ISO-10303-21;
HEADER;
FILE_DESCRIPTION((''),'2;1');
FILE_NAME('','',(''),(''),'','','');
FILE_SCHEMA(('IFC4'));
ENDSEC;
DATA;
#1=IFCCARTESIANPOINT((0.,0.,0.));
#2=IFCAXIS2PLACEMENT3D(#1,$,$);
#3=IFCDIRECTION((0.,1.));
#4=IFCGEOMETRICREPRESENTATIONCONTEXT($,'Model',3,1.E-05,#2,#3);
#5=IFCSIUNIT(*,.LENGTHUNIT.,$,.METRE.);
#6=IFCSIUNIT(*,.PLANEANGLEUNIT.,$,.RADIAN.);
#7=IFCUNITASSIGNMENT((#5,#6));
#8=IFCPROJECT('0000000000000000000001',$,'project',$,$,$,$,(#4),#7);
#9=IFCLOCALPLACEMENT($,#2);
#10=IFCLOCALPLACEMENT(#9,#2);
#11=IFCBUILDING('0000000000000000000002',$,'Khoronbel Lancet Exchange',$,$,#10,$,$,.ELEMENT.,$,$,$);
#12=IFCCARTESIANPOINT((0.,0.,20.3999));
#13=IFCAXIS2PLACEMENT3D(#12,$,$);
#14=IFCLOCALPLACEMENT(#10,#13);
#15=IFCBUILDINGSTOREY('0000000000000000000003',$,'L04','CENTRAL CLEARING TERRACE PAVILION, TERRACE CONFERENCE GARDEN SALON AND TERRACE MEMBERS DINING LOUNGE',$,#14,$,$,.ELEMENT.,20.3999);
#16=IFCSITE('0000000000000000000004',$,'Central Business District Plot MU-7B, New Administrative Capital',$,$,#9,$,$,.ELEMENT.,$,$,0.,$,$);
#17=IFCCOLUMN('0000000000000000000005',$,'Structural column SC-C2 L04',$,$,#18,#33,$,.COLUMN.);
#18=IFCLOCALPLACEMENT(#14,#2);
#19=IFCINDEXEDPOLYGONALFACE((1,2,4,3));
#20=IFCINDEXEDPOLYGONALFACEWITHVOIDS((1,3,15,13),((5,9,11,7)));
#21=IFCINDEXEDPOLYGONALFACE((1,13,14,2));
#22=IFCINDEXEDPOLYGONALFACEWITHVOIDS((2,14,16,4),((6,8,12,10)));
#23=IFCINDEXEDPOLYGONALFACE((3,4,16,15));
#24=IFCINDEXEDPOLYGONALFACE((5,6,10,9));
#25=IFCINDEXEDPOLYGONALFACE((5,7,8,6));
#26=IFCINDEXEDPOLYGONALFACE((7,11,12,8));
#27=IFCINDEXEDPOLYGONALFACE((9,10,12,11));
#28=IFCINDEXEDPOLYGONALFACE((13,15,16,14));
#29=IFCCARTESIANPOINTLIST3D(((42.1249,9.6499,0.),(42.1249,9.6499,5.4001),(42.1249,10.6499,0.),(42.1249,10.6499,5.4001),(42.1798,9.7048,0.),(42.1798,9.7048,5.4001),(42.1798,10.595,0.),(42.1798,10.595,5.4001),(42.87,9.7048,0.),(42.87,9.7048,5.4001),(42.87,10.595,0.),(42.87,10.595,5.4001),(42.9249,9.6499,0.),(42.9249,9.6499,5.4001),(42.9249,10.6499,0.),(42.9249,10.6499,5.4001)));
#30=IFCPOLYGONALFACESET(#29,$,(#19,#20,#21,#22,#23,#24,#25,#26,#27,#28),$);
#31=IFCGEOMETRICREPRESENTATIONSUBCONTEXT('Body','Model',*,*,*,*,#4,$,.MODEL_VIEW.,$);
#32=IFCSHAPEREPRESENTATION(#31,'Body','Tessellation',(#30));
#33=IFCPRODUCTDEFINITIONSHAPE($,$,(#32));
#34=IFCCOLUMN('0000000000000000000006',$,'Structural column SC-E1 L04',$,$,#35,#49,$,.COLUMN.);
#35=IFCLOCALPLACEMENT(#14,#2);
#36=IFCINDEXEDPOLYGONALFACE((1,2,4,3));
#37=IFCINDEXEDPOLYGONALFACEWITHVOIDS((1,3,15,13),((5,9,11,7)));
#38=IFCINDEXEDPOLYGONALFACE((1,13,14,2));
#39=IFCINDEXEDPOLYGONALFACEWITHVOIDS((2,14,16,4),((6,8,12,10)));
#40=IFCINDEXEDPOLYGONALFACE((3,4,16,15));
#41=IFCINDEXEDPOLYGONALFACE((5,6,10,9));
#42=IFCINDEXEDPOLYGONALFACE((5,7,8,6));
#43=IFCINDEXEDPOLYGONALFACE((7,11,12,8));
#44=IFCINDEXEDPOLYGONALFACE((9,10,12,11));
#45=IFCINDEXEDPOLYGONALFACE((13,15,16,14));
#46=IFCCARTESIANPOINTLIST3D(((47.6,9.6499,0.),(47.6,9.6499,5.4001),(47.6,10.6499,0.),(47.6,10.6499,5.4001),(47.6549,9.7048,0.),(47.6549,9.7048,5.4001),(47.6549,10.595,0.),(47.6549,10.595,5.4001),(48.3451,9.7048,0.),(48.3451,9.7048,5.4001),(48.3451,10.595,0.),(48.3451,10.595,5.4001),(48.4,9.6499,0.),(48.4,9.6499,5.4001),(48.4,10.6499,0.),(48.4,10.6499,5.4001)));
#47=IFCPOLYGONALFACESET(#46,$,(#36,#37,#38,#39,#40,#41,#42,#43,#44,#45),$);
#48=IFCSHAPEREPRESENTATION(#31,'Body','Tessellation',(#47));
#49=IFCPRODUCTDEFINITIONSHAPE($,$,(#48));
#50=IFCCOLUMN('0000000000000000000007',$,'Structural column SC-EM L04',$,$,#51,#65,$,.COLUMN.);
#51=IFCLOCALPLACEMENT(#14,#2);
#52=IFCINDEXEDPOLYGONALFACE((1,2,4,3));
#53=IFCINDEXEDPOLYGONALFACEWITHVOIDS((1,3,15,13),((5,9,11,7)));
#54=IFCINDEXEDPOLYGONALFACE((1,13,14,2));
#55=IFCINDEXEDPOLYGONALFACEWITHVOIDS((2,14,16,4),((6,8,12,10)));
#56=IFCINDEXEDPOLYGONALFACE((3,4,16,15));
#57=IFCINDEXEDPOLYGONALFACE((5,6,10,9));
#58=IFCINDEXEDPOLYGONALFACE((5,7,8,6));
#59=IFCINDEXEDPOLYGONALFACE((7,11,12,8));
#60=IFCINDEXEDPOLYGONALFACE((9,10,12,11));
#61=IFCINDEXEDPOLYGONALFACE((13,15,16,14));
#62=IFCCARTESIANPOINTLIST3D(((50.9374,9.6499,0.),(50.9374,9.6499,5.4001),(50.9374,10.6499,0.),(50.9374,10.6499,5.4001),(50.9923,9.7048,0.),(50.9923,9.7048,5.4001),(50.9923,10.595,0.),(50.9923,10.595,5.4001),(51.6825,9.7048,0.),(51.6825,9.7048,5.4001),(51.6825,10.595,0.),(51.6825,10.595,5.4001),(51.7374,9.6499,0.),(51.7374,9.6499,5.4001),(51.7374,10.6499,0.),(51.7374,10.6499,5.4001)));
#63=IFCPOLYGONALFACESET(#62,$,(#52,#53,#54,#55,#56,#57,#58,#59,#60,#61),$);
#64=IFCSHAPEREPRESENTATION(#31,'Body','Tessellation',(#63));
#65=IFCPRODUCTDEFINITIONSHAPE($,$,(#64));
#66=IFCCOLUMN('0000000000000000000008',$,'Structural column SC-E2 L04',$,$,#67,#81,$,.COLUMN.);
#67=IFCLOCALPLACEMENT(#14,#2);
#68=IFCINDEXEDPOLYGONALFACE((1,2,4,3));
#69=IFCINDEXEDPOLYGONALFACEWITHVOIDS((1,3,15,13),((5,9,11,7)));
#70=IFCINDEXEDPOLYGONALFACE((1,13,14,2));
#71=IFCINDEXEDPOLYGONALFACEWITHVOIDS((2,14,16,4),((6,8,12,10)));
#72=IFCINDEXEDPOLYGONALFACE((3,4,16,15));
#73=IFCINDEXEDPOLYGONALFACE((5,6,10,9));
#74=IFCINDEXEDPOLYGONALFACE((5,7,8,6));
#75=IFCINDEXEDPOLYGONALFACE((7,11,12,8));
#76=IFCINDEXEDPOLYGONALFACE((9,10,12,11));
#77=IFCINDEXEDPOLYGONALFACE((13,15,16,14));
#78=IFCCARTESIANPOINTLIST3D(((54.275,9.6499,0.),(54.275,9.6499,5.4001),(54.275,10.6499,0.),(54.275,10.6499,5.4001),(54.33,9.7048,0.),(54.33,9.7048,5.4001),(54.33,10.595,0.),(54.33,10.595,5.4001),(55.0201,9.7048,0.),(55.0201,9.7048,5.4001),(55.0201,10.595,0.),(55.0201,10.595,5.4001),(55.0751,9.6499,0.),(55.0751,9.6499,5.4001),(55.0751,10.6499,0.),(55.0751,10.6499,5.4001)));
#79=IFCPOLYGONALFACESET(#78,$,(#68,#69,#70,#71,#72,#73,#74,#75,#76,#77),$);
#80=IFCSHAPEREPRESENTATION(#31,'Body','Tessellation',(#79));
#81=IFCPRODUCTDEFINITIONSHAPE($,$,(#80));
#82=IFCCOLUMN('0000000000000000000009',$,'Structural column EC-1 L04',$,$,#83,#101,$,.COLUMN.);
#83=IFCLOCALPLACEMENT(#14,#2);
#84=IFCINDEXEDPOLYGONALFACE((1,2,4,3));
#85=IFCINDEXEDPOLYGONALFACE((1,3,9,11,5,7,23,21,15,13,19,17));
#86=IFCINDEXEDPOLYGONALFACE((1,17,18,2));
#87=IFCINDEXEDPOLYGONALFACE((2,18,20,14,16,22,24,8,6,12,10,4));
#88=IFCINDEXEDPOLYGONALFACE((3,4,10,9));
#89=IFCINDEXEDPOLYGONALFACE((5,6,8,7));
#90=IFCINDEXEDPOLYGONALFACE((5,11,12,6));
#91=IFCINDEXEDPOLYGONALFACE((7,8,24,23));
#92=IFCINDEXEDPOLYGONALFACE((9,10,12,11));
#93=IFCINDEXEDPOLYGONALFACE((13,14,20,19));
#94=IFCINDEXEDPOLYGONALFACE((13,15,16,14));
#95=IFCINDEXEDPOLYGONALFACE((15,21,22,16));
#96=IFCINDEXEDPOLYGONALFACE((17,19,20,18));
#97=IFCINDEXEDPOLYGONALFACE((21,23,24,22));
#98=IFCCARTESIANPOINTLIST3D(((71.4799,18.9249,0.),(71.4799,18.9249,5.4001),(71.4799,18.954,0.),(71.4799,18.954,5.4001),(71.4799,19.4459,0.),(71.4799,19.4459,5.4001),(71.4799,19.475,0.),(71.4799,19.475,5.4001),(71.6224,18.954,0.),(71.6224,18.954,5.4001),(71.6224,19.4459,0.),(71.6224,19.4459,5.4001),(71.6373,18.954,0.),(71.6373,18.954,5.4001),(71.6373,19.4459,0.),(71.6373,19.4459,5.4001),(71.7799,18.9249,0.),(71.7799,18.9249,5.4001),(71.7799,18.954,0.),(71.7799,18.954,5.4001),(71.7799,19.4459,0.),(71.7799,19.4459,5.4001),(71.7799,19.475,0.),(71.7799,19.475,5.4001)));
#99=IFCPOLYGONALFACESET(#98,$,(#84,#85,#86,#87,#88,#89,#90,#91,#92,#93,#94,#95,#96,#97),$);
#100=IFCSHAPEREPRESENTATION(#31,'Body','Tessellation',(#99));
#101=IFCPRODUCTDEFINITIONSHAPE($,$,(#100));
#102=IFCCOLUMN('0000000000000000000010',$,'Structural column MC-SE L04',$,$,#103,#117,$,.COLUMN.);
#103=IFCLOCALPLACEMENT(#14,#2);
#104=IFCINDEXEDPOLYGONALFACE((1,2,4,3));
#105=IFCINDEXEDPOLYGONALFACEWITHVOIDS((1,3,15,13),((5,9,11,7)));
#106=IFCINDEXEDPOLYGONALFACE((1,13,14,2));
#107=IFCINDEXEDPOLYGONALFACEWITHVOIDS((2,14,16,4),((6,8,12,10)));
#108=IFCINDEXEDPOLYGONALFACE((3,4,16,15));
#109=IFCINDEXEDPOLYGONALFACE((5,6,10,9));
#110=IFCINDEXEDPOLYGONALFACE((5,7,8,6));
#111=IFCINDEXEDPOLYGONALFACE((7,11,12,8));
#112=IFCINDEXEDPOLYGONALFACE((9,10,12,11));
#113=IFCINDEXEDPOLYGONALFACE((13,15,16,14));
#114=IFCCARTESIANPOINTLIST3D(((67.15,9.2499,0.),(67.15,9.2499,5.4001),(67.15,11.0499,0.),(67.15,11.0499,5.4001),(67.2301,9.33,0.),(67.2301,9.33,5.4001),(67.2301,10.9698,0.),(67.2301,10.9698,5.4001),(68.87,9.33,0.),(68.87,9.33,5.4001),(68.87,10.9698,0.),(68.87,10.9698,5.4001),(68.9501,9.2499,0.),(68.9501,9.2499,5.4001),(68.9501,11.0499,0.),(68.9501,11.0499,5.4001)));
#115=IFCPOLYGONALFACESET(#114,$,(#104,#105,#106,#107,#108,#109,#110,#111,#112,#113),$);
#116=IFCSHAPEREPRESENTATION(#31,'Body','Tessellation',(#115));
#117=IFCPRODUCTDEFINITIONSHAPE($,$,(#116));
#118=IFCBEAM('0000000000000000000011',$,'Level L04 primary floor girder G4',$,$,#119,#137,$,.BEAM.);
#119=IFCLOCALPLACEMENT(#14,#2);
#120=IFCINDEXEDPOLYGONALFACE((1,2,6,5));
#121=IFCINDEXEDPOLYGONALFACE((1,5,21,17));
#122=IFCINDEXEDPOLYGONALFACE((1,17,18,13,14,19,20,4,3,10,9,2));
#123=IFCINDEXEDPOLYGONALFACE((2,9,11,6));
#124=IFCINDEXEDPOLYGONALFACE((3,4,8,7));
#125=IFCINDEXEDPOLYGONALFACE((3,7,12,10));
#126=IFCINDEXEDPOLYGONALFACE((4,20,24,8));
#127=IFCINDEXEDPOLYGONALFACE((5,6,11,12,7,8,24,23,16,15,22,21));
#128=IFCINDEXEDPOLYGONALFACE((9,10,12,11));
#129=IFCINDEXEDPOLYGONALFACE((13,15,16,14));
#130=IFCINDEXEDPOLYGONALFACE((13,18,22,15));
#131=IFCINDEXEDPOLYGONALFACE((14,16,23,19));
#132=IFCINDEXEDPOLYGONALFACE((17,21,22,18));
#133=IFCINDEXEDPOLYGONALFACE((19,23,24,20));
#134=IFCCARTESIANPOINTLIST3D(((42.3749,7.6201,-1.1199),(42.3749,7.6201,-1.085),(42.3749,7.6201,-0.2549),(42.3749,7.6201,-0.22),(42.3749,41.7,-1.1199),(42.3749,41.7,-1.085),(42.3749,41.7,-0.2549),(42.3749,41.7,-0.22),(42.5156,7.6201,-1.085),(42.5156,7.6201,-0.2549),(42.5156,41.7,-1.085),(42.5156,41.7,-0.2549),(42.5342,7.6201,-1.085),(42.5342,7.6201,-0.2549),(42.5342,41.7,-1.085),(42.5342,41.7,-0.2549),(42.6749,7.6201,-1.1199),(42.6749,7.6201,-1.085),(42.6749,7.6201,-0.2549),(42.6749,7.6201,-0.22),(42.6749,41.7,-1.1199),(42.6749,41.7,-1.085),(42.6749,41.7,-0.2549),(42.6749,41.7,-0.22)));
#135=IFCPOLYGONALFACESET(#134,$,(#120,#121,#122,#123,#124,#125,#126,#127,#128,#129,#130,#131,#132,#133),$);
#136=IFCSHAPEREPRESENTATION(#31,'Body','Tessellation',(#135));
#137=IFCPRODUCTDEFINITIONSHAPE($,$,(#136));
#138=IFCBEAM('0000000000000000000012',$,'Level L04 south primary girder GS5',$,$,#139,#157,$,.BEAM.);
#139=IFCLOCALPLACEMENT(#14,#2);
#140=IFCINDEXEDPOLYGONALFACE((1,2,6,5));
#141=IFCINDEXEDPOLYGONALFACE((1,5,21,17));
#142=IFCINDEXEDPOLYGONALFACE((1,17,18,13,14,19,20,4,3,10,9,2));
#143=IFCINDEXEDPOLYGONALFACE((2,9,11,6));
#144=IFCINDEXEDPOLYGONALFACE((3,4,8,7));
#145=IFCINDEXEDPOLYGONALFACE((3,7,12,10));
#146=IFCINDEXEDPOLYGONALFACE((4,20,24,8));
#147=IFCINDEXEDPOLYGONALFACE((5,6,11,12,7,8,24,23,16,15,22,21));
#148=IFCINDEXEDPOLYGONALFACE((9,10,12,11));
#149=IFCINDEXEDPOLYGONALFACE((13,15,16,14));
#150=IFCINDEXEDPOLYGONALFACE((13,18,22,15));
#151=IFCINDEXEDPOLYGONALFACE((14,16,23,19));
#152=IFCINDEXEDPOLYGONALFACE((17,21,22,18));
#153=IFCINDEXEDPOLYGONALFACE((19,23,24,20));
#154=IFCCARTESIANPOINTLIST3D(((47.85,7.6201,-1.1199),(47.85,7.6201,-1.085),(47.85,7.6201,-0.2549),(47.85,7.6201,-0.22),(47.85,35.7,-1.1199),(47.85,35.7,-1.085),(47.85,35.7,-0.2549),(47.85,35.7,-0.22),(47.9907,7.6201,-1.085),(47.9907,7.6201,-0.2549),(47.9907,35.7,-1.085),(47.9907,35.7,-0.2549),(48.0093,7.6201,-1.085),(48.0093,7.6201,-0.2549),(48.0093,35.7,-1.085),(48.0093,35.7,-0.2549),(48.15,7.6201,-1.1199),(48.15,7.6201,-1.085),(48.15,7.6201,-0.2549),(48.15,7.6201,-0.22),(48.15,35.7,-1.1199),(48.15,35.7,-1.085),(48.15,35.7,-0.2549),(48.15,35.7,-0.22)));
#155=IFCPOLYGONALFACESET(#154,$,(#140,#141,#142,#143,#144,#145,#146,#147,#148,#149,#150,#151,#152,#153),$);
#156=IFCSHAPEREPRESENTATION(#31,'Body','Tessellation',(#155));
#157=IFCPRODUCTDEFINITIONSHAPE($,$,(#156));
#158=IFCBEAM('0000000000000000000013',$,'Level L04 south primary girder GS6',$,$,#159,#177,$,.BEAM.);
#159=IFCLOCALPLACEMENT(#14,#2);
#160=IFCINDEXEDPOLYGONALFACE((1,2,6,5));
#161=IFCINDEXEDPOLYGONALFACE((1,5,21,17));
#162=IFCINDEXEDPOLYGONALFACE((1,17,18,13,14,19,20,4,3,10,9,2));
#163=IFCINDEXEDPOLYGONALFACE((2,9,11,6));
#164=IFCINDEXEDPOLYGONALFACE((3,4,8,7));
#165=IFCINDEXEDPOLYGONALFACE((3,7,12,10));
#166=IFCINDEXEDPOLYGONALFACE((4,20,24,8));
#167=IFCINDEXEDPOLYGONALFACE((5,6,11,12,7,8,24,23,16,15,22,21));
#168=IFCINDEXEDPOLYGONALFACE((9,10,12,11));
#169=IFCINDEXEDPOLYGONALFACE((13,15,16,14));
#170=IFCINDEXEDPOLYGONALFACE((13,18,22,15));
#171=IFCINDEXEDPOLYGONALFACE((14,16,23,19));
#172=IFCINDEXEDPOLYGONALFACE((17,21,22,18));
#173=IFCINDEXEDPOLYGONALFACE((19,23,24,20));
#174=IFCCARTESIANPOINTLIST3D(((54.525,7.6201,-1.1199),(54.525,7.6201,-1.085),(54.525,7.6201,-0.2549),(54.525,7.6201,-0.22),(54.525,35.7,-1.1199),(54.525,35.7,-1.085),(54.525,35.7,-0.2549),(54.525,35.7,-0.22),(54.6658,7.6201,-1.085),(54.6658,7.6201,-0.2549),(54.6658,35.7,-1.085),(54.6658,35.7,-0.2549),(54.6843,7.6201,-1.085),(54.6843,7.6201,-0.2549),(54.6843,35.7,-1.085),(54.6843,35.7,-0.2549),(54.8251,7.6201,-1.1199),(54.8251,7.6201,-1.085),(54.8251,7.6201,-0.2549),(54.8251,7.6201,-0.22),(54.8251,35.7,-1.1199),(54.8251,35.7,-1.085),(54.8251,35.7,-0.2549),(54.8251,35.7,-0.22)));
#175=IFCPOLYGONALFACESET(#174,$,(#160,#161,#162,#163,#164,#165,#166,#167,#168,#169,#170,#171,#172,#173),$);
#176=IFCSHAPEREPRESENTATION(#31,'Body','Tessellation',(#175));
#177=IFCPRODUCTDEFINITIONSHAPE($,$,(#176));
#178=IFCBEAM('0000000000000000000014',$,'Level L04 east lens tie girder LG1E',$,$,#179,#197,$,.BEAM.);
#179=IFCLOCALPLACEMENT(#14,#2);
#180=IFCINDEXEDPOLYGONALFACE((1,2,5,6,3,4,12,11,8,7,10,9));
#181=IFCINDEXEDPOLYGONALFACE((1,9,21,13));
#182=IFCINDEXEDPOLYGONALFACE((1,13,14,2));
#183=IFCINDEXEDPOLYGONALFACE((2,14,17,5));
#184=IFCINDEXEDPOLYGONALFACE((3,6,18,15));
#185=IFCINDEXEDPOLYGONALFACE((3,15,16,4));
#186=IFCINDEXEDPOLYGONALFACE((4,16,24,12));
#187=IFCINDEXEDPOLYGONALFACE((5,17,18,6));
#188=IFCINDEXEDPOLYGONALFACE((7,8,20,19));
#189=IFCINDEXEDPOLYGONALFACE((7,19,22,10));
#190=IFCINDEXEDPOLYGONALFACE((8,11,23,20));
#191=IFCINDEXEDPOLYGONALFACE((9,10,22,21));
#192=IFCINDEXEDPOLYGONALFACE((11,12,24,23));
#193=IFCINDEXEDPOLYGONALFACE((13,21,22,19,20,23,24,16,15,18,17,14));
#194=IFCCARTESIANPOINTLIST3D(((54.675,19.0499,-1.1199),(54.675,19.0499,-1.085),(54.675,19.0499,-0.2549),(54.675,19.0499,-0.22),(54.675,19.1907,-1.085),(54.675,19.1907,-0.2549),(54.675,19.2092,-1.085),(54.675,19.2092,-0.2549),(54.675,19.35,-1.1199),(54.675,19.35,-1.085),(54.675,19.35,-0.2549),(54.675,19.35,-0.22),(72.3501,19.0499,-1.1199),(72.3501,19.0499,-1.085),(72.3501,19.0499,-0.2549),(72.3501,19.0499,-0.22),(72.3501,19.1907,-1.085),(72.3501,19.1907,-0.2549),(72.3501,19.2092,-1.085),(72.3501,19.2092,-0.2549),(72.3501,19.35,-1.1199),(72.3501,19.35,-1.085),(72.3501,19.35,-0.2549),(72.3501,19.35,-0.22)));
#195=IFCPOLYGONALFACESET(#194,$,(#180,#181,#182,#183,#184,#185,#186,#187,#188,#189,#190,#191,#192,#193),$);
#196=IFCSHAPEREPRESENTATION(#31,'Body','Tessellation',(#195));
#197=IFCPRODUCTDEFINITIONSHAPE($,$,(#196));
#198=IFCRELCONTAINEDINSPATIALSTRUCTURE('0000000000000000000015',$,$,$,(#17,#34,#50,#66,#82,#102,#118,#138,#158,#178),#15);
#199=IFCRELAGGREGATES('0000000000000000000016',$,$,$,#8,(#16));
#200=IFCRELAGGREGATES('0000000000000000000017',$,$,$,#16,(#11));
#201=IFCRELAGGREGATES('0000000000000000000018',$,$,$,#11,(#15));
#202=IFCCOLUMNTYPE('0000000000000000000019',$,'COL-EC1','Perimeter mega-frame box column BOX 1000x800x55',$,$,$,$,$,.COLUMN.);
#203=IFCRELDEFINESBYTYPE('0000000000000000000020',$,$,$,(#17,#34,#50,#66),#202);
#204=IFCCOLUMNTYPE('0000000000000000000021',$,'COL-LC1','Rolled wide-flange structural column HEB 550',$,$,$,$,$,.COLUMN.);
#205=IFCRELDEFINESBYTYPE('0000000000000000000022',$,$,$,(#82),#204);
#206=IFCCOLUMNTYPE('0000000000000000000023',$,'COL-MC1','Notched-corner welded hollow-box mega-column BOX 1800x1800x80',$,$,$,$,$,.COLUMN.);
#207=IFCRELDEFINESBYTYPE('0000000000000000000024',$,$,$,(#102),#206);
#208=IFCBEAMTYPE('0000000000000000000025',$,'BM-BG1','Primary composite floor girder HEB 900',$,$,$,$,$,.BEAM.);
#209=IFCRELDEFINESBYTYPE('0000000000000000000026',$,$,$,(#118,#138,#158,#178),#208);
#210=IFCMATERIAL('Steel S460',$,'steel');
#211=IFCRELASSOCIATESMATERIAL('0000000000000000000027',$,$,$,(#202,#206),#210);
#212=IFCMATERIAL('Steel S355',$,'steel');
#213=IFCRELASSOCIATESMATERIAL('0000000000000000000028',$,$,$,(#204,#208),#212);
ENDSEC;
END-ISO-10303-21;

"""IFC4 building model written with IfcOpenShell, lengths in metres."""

from ifc_helpers import new_model, si_unit, direction, frame, origin, origin_2d, place, context, subcontext, project, spatial, hollow_rectangle, i_section, extrude, material, material_profile, profile_set, type_object, element, save


model = new_model("IFC4")

# Units and contexts
model_context = context("Model", 3, precision=1e-05, world=origin(), true_north=direction((0.0, 1.0)))
body_context = subcontext(model_context, "Body", "Model", "MODEL_VIEW")
ifc_project = project(units=[si_unit("LENGTHUNIT", "METRE"), si_unit("PLANEANGLEUNIT", "RADIAN")], contexts=[model_context])

# Site, building, storey
site_placement = place(None, origin())
site = spatial("IfcSite", under=ifc_project, at=site_placement, Name="Central Business District Plot MU-7B, New Administrative Capital", CompositionType="ELEMENT", RefElevation=0.0)
building_placement = place(site_placement, origin())
building = spatial("IfcBuilding", under=site, at=building_placement, Name="Khoronbel Lancet Exchange", CompositionType="ELEMENT")
storey_placement = place(building_placement, frame((0.0, 0.0, 20.3999)))
storey = spatial("IfcBuildingStorey", under=building, at=storey_placement, Name="L04", Description="CENTRAL CLEARING TERRACE PAVILION, TERRACE CONFERENCE GARDEN SALON AND TERRACE MEMBERS DINING LOUNGE", CompositionType="ELEMENT", Elevation=20.3999)

# Columns
ifc_material_1 = material(Name="Steel S460", Category="steel")
ifc_material_profile_1 = material_profile(ifc_material_1, hollow_rectangle(XDim=0.8, YDim=1.0, WallThickness=0.0549, at=origin_2d()), Name="BOX 1000x800x55")
ifc_profile_set_1 = profile_set([ifc_material_profile_1], Name="Steel S460")
column_type_1 = type_object("IfcColumnType", Name="COL-EC1", Description="Perimeter mega-frame box column BOX 1000x800x55", PredefinedType="COLUMN", material=ifc_profile_set_1)
for number, where, z_axis, x_axis, name in (
    (1, (42.5249, 10.1499, 0.0), (0.0, 0.0, 1.0), (1.0, 0.0, 0.0), "Structural column SC-C2 L04"),
    (2, (48.0, 10.1499, 0.0), (0.0, 0.0, 1.0), (1.0, 0.0, 0.0), "Structural column SC-E1 L04"),
    (3, (51.3374, 10.1499, 0.0), (0.0, 0.0, 1.0), (1.0, 0.0, 0.0), "Structural column SC-EM L04"),
    (4, (54.675, 10.1499, 0.0), (0.0, 0.0, 1.0), (1.0, 0.0, 0.0), "Structural column SC-E2 L04"),
):
    element("IfcColumn", number, at=place(storey_placement, frame(where, z_axis=z_axis, x_axis=x_axis)), inside=storey, type_object=column_type_1, Name=name, PredefinedType="COLUMN", context=body_context, shape_type="SweptSolid", body=[
        extrude(hollow_rectangle(XDim=0.8, YDim=1.0, WallThickness=0.0549, at=origin_2d()), origin(), (0.0, 0.0, 1.0), 5.4001),
    ])
ifc_material_2 = material(Name="Steel S355", Category="steel")
ifc_material_profile_2 = material_profile(ifc_material_2, i_section(OverallWidth=0.3, OverallDepth=0.55, WebThickness=0.0149, FlangeThickness=0.0291, at=origin_2d()), Name="HEB 550")
ifc_profile_set_2 = profile_set([ifc_material_profile_2], Name="Steel S355")
column_type_2 = type_object("IfcColumnType", Name="COL-LC1", Description="Rolled wide-flange structural column HEB 550", PredefinedType="COLUMN", material=ifc_profile_set_2)
column_1_placement = place(storey_placement, frame((71.6299, 19.2, 0.0), z_axis=(0.0, 0.0, 1.0), x_axis=(1.0, 0.0, 0.0)))
element("IfcColumn", 5, at=column_1_placement, inside=storey, type_object=column_type_2, Name="Structural column EC-1 L04", PredefinedType="COLUMN", context=body_context, shape_type="SweptSolid", body=[
    extrude(i_section(OverallWidth=0.3, OverallDepth=0.55, WebThickness=0.0149, FlangeThickness=0.0291, at=origin_2d()), origin(), (0.0, 0.0, 1.0), 5.4001),
])
ifc_material_profile_3 = material_profile(ifc_material_1, hollow_rectangle(XDim=1.8, YDim=1.8, WallThickness=0.0801, at=origin_2d()), Name="BOX 1800x1800x80")
ifc_profile_set_3 = profile_set([ifc_material_profile_3], Name="Steel S460")
column_type_3 = type_object("IfcColumnType", Name="COL-MC1", Description="Notched-corner welded hollow-box mega-column BOX 1800x1800x80", PredefinedType="COLUMN", material=ifc_profile_set_3)
column_2_placement = place(storey_placement, frame((68.05, 10.1499, 0.0), z_axis=(0.0, 0.0, 1.0), x_axis=(1.0, 0.0, 0.0)))
element("IfcColumn", 6, at=column_2_placement, inside=storey, type_object=column_type_3, Name="Structural column MC-SE L04", PredefinedType="COLUMN", context=body_context, shape_type="SweptSolid", body=[
    extrude(hollow_rectangle(XDim=1.8, YDim=1.8, WallThickness=0.0801, at=origin_2d()), origin(), (0.0, 0.0, 1.0), 5.4001),
])

# Beams
ifc_material_profile_4 = material_profile(ifc_material_2, i_section(OverallWidth=0.3, OverallDepth=0.8999, WebThickness=0.0186, FlangeThickness=0.0349, at=origin_2d()), Name="HEB 900")
ifc_profile_set_4 = profile_set([ifc_material_profile_4], Name="Steel S355")
beam_type_1 = type_object("IfcBeamType", Name="BM-BG1", Description="Primary composite floor girder HEB 900", PredefinedType="BEAM", material=ifc_profile_set_4)
beam_1_placement = place(storey_placement, frame((42.5249, 7.6201, -0.6699), z_axis=(0.0, 1.0, 0.0), x_axis=(-1.0, 0.0, 0.0)))
element("IfcBeam", 7, at=beam_1_placement, inside=storey, type_object=beam_type_1, Name="Level L04 primary floor girder G4", PredefinedType="BEAM", context=body_context, shape_type="SweptSolid", body=[
    extrude(i_section(OverallWidth=0.3, OverallDepth=0.8999, WebThickness=0.0186, FlangeThickness=0.0349, at=origin_2d()), origin(), (0.0, 0.0, 1.0), 34.0798),
])
for number, where, z_axis, x_axis, name in (
    (8, (48.0, 7.6201, -0.6699), (0.0, 1.0, 0.0), (-1.0, 0.0, 0.0), "Level L04 south primary girder GS5"),
    (9, (54.675, 7.6201, -0.6699), (0.0, 1.0, 0.0), (-1.0, 0.0, 0.0), "Level L04 south primary girder GS6"),
):
    element("IfcBeam", number, at=place(storey_placement, frame(where, z_axis=z_axis, x_axis=x_axis)), inside=storey, type_object=beam_type_1, Name=name, PredefinedType="BEAM", context=body_context, shape_type="SweptSolid", body=[
        extrude(i_section(OverallWidth=0.3, OverallDepth=0.8999, WebThickness=0.0186, FlangeThickness=0.0349, at=origin_2d()), origin(), (0.0, 0.0, 1.0), 28.0798),
    ])
beam_2_placement = place(storey_placement, frame((54.675, 19.2, -0.6699), z_axis=(1.0, 0.0, 0.0), x_axis=(0.0, 1.0, 0.0)))
element("IfcBeam", 10, at=beam_2_placement, inside=storey, type_object=beam_type_1, Name="Level L04 east lens tie girder LG1E", PredefinedType="BEAM", context=body_context, shape_type="SweptSolid", body=[
    extrude(i_section(OverallWidth=0.3, OverallDepth=0.8999, WebThickness=0.0186, FlangeThickness=0.0349, at=origin_2d()), origin(), (0.0, 0.0, 1.0), 17.675),
])

save(model, "model.ifc")
